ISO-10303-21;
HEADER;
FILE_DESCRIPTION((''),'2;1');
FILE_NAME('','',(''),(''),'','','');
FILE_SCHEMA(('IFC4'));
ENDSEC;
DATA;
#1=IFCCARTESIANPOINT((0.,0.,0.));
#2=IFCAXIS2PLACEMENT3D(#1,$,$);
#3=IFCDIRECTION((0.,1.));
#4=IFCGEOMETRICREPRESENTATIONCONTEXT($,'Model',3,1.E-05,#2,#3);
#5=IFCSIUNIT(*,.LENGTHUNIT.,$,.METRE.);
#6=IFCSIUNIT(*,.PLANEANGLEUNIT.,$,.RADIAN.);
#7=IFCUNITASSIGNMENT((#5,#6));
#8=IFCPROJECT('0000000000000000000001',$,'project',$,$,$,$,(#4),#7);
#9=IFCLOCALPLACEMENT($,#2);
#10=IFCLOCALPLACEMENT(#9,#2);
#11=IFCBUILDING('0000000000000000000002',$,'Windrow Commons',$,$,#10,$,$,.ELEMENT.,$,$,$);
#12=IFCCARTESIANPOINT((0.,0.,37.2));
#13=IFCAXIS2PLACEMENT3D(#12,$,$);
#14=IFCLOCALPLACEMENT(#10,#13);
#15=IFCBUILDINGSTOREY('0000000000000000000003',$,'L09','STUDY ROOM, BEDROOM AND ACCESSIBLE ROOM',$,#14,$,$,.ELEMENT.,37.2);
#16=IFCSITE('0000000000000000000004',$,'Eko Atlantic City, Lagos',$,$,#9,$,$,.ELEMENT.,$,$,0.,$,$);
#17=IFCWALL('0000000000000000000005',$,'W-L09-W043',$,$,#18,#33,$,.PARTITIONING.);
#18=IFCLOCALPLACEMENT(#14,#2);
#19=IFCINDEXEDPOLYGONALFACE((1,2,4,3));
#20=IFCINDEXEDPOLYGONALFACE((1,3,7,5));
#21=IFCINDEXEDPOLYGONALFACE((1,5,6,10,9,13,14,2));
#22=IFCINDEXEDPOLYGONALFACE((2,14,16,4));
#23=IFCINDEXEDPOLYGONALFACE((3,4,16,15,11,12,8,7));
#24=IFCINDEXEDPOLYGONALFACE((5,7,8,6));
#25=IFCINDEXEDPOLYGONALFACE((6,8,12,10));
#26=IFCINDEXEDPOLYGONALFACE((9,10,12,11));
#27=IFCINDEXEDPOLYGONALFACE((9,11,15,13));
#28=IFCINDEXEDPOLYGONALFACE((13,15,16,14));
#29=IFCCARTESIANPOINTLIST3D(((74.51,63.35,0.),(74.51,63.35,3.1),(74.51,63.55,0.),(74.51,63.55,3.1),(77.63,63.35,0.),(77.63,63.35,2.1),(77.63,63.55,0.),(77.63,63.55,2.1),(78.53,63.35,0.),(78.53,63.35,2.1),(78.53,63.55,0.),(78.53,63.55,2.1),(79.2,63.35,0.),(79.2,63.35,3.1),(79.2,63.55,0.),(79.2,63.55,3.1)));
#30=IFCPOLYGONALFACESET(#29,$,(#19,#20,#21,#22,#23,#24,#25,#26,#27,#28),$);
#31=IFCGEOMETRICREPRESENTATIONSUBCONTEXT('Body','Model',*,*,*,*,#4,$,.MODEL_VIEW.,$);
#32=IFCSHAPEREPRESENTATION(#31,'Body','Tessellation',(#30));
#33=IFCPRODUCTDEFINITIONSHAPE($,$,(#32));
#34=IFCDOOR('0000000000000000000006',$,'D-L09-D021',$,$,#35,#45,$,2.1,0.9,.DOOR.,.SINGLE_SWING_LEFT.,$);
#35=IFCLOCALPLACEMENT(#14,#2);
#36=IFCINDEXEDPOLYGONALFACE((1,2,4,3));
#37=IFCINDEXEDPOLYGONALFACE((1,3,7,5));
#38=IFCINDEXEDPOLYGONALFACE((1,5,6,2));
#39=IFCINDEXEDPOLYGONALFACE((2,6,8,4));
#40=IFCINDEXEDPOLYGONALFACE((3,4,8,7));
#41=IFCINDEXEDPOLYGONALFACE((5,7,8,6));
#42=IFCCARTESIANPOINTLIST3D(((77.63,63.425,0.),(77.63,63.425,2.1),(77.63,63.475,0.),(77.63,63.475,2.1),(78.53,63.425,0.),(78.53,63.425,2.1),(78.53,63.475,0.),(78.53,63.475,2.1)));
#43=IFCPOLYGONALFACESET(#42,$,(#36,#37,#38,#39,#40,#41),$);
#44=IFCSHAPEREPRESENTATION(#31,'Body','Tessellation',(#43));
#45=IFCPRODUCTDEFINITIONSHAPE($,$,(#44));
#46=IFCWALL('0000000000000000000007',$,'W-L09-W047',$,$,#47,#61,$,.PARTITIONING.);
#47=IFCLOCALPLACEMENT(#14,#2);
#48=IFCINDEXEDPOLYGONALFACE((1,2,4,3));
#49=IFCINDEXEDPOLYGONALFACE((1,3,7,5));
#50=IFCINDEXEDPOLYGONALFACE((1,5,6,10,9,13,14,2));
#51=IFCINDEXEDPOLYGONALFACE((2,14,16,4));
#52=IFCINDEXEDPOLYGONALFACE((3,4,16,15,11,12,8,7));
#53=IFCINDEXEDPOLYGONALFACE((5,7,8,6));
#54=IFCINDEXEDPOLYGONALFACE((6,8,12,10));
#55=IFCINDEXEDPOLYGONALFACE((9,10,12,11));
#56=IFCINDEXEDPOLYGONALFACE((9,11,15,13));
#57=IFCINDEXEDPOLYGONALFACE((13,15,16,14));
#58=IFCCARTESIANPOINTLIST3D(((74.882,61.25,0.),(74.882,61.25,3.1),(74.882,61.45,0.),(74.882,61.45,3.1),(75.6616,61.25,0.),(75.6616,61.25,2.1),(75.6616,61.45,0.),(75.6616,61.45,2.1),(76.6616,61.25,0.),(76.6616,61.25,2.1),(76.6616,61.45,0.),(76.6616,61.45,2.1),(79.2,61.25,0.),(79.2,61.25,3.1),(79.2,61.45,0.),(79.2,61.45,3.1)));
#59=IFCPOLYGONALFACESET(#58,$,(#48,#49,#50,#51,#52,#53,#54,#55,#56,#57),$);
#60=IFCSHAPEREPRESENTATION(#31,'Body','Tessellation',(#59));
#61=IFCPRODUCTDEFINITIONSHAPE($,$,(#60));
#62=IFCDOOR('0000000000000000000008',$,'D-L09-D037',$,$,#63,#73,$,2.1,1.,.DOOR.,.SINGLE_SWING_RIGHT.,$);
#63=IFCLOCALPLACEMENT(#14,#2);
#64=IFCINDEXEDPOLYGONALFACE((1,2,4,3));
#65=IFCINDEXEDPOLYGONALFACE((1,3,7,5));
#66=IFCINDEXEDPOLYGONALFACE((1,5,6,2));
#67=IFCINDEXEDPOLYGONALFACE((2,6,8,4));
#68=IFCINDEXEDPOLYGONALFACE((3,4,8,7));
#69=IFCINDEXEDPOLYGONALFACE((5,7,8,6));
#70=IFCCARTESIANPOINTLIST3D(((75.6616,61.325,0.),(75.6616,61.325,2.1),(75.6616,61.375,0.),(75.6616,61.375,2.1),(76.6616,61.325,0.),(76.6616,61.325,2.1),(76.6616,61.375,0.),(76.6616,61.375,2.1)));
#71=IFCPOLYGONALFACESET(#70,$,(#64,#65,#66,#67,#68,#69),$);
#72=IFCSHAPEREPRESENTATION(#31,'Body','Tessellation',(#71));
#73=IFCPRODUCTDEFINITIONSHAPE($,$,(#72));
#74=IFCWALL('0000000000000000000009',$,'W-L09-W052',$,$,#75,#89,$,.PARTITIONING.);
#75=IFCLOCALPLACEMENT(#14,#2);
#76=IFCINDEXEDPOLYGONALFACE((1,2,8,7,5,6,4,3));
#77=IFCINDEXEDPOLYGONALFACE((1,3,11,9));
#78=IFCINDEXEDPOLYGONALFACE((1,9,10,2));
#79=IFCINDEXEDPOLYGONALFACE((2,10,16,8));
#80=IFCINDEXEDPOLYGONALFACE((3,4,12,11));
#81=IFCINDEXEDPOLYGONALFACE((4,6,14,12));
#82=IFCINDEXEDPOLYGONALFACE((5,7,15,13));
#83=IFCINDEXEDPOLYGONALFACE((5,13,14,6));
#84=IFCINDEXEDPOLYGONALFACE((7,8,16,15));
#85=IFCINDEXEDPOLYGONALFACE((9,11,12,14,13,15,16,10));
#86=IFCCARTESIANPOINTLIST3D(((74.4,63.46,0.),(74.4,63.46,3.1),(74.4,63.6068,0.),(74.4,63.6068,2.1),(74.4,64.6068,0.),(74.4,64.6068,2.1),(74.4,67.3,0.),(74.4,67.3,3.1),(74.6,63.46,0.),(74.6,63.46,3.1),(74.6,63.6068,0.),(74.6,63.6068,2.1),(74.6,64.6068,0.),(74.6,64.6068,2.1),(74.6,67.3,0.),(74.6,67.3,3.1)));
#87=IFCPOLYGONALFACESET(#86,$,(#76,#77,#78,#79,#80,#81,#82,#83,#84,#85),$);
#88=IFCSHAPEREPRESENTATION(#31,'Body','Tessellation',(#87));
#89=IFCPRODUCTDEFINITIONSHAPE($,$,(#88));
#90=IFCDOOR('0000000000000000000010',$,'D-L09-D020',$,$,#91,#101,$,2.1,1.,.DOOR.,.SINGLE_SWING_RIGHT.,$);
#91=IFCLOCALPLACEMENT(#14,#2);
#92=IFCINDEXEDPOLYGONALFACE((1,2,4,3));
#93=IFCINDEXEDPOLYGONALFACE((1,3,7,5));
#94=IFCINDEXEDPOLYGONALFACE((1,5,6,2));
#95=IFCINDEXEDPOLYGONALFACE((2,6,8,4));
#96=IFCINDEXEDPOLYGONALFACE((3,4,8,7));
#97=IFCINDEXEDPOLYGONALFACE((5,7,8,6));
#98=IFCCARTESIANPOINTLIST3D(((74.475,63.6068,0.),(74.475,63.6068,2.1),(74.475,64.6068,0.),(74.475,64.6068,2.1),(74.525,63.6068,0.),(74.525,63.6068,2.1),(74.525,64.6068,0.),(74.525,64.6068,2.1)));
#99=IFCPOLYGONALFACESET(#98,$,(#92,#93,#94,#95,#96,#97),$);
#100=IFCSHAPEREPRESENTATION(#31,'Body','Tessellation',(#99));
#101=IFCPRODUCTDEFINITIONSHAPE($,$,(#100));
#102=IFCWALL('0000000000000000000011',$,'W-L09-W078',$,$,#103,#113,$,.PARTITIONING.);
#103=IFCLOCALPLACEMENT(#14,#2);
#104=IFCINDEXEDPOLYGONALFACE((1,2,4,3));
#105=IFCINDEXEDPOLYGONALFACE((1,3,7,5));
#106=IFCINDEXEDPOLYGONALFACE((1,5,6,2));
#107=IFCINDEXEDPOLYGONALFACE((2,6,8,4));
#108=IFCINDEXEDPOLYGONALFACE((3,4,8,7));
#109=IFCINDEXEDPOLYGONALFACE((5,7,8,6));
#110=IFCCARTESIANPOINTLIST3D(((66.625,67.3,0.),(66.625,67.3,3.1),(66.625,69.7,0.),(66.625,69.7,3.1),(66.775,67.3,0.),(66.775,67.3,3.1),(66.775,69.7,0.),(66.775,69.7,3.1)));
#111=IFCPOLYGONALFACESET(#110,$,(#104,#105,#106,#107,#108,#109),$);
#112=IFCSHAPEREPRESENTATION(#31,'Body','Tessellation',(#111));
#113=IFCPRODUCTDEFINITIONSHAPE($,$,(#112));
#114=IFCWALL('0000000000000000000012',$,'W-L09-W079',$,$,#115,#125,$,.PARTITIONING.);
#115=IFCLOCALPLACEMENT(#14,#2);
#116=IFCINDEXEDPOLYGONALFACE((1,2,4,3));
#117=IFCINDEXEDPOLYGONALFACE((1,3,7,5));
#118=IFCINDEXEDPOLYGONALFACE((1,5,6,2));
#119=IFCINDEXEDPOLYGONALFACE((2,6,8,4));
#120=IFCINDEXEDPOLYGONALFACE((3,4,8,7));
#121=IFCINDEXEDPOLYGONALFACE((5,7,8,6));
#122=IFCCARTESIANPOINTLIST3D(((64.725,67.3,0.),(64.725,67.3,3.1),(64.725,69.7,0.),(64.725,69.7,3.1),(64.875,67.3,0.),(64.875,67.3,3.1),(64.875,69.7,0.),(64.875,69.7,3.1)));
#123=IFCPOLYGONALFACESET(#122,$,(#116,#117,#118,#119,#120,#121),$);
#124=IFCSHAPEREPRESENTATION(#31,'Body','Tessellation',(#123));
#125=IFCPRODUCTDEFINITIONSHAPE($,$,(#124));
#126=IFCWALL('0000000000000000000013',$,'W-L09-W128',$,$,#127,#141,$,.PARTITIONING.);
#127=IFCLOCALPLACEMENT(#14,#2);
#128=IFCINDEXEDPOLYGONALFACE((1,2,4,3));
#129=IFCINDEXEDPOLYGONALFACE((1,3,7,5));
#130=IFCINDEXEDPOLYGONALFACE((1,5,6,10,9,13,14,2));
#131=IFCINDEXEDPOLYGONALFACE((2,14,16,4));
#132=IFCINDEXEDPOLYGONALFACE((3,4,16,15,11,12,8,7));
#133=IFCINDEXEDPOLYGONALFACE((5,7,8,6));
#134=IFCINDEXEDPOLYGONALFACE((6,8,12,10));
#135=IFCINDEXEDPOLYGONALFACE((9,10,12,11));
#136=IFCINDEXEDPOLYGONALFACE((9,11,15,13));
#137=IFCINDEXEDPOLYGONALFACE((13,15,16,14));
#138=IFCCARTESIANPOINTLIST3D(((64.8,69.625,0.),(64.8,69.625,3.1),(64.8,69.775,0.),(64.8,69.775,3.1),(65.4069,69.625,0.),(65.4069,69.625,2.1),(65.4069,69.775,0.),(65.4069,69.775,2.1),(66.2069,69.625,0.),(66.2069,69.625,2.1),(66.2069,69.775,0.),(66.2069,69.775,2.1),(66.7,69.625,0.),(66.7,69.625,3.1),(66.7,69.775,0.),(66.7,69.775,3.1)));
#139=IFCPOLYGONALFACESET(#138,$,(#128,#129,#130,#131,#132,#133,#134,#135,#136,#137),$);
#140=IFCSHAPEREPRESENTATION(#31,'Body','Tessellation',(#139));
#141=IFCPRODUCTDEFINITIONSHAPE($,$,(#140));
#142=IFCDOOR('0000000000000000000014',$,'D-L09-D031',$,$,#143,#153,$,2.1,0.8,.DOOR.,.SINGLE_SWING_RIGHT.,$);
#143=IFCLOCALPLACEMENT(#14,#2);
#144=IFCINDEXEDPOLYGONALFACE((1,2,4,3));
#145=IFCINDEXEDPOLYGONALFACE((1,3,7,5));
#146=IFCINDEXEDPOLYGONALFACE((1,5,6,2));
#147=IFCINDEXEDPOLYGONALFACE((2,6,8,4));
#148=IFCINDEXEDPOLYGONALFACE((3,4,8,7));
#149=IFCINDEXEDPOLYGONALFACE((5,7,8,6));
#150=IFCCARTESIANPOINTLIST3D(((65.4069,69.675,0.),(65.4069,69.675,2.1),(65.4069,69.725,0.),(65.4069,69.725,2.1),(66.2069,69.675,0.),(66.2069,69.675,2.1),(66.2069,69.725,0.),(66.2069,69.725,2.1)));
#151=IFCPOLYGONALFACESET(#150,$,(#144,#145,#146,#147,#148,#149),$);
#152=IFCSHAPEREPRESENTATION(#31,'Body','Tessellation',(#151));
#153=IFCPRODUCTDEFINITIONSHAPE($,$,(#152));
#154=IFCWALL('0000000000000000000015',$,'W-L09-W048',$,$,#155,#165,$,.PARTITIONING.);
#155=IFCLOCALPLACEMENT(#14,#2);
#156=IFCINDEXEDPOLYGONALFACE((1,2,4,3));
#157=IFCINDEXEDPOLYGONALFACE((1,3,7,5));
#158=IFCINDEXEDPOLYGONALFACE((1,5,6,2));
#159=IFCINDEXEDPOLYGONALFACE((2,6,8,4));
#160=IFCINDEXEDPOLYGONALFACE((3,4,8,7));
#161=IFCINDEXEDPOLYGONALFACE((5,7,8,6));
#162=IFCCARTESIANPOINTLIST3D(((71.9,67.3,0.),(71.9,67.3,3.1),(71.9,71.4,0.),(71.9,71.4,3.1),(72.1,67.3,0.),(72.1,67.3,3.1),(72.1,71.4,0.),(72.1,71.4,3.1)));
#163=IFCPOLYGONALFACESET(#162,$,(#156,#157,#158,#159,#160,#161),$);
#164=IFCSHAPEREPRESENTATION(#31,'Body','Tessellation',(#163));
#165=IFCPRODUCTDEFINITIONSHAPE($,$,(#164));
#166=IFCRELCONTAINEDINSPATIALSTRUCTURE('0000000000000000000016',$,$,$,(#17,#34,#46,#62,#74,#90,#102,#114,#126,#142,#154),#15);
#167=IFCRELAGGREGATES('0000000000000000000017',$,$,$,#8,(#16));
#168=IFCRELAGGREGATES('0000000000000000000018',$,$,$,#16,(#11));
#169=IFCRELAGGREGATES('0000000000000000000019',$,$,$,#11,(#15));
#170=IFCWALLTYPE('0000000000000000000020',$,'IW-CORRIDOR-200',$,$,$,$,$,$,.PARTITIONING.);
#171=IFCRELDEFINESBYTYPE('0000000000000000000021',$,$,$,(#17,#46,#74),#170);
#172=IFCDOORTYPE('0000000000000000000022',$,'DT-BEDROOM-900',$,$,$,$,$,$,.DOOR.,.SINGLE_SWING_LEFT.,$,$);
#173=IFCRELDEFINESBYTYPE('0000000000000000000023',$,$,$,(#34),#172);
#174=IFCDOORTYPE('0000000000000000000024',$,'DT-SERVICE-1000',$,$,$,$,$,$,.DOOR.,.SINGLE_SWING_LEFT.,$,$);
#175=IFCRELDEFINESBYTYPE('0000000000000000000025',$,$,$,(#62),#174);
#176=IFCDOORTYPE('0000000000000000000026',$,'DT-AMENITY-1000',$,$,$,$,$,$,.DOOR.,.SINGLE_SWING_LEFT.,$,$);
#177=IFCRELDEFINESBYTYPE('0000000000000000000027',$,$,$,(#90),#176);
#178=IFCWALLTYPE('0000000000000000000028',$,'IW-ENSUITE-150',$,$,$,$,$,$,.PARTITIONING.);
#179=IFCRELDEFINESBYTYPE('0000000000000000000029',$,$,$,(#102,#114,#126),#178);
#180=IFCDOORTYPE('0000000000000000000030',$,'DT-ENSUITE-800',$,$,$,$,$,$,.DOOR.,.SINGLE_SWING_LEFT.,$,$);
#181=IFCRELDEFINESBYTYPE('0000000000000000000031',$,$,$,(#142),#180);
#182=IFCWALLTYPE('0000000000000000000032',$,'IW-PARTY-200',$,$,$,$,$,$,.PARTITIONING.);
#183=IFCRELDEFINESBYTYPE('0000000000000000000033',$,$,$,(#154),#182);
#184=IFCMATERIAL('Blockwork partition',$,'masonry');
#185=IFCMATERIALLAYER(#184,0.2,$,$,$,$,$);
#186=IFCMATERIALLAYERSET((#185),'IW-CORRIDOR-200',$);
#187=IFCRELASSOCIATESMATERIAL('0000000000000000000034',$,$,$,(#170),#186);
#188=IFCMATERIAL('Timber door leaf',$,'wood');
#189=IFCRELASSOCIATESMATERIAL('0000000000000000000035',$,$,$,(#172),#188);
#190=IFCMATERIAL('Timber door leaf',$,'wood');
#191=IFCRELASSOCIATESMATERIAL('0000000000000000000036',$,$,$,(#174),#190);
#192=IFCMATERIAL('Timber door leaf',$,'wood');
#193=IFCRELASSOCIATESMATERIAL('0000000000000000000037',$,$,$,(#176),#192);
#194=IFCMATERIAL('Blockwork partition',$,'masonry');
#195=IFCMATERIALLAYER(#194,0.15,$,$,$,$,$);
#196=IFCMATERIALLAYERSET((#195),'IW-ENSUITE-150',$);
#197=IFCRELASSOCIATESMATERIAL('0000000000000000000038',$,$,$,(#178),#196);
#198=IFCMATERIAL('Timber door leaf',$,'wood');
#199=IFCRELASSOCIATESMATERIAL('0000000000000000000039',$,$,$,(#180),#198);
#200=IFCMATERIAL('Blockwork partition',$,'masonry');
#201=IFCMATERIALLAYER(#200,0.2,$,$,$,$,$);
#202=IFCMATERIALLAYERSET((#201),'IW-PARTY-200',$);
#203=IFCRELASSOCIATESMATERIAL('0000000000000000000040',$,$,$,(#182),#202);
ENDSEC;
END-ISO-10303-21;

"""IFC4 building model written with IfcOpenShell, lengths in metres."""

from ifc_helpers import new_model, si_unit, direction, frame, frame_2d, origin, place, context, subcontext, project, spatial, rectangle, extrude, material, layer, layer_set, type_object, element, fill, save


model = new_model("IFC4")

# Units and contexts
model_context = context("Model", 3, precision=1e-05, world=origin(), true_north=direction((0.0, 1.0)))
body_context = subcontext(model_context, "Body", "Model", "MODEL_VIEW")
ifc_project = project(units=[si_unit("LENGTHUNIT", "METRE"), si_unit("PLANEANGLEUNIT", "RADIAN")], contexts=[model_context])

# Site, building, storey
site_placement = place(None, origin())
site = spatial("IfcSite", under=ifc_project, at=site_placement, Name="Eko Atlantic City, Lagos", CompositionType="ELEMENT", RefElevation=0.0)
building_placement = place(site_placement, origin())
building = spatial("IfcBuilding", under=site, at=building_placement, Name="Windrow Commons", CompositionType="ELEMENT")
storey_placement = place(building_placement, frame((0.0, 0.0, 37.2)))
storey = spatial("IfcBuildingStorey", under=building, at=storey_placement, Name="L09", Description="STUDY ROOM, BEDROOM AND ACCESSIBLE ROOM", CompositionType="ELEMENT", Elevation=37.2)

# Shared definitions
ifc_material_1 = material(Name="Blockwork partition", Category="masonry")
ifc_layer_1 = layer(ifc_material_1, 0.2)
ifc_layer_set_1 = layer_set([ifc_layer_1], Name="IW-CORRIDOR-200")
wall_type_1 = type_object("IfcWallType", Name="IW-CORRIDOR-200", PredefinedType="PARTITIONING", material=ifc_layer_set_1)

# Walls, openings, doors
wall_1_placement = place(storey_placement, frame((74.51, 63.45, 0.0), z_axis=(0.0, 0.0, 1.0), x_axis=(1.0, 0.0, 0.0)))
wall_1 = element("IfcWall", 1, at=wall_1_placement, inside=storey, type_object=wall_type_1, Name="W-L09-W043", PredefinedType="PARTITIONING", context=body_context, shape_type="SweptSolid", body=[
    extrude(rectangle(XDim=4.69, YDim=0.2, at=frame_2d((2.345, 0.0))), origin(), (0.0, 0.0, 1.0), 3.1),
])
opening_1_placement = place(wall_1_placement, frame((3.12, 0.0, 0.0)))
opening_1 = element("IfcOpeningElement", 2, at=opening_1_placement, cuts=wall_1, PredefinedType="OPENING", context=body_context, shape_type="SweptSolid", body=[
    extrude(rectangle(XDim=0.9, YDim=2.1, at=frame_2d((0.45, 1.05))), frame((0.0, 0.11, 0.0), z_axis=(0.0, -1.0, 0.0), x_axis=(1.0, 0.0, 0.0)), (0.0, 0.0, 1.0), 0.22),
])
ifc_material_2 = material(Name="Timber door leaf", Category="wood")
door_type_1 = type_object("IfcDoorType", Name="DT-BEDROOM-900", OperationType="SINGLE_SWING_LEFT", PredefinedType="DOOR", material=ifc_material_2)
door_1_placement = place(opening_1_placement, origin())
door_1 = element("IfcDoor", 3, at=door_1_placement, inside=storey, type_object=door_type_1, Name="D-L09-D021", OperationType="SINGLE_SWING_LEFT", OverallHeight=2.1, OverallWidth=0.9, PredefinedType="DOOR", context=body_context, shape_type="SweptSolid", body=[
    extrude(rectangle(XDim=0.9, YDim=2.1, at=frame_2d((0.45, 1.05))), frame((0.0, 0.025, 0.0), z_axis=(0.0, -1.0, 0.0), x_axis=(1.0, 0.0, 0.0)), (0.0, 0.0, 1.0), 0.05),
])
fill(opening_1, door_1)
wall_2_placement = place(storey_placement, frame((74.882, 61.35, 0.0), z_axis=(0.0, 0.0, 1.0), x_axis=(1.0, 0.0, 0.0)))
wall_2 = element("IfcWall", 4, at=wall_2_placement, inside=storey, type_object=wall_type_1, Name="W-L09-W047", PredefinedType="PARTITIONING", context=body_context, shape_type="SweptSolid", body=[
    extrude(rectangle(XDim=4.318, YDim=0.2, at=frame_2d((2.159, 0.0))), origin(), (0.0, 0.0, 1.0), 3.1),
])
opening_2_placement = place(wall_2_placement, frame((0.7796, 0.0, 0.0)))
opening_2 = element("IfcOpeningElement", 5, at=opening_2_placement, cuts=wall_2, PredefinedType="OPENING", context=body_context, shape_type="SweptSolid", body=[
    extrude(rectangle(XDim=1.0, YDim=2.1, at=frame_2d((0.5, 1.05))), frame((0.0, 0.11, 0.0), z_axis=(0.0, -1.0, 0.0), x_axis=(1.0, 0.0, 0.0)), (0.0, 0.0, 1.0), 0.22),
])
ifc_material_3 = material(Name="Timber door leaf", Category="wood")
door_type_2 = type_object("IfcDoorType", Name="DT-SERVICE-1000", OperationType="SINGLE_SWING_LEFT", PredefinedType="DOOR", material=ifc_material_3)
door_2_placement = place(opening_2_placement, origin())
door_2 = element("IfcDoor", 6, at=door_2_placement, inside=storey, type_object=door_type_2, Name="D-L09-D037", OperationType="SINGLE_SWING_RIGHT", OverallHeight=2.1, OverallWidth=1.0, PredefinedType="DOOR", context=body_context, shape_type="SweptSolid", body=[
    extrude(rectangle(XDim=1.0, YDim=2.1, at=frame_2d((0.5, 1.05))), frame((0.0, 0.025, 0.0), z_axis=(0.0, -1.0, 0.0), x_axis=(1.0, 0.0, 0.0)), (0.0, 0.0, 1.0), 0.05),
])
fill(opening_2, door_2)
wall_3_placement = place(storey_placement, frame((74.5, 63.46, 0.0), z_axis=(0.0, 0.0, 1.0), x_axis=(0.0, 1.0, 0.0)))
wall_3 = element("IfcWall", 7, at=wall_3_placement, inside=storey, type_object=wall_type_1, Name="W-L09-W052", PredefinedType="PARTITIONING", context=body_context, shape_type="SweptSolid", body=[
    extrude(rectangle(XDim=3.84, YDim=0.2, at=frame_2d((1.92, 0.0))), origin(), (0.0, 0.0, 1.0), 3.1),
])
opening_3_placement = place(wall_3_placement, frame((0.1468, 0.0, 0.0)))
opening_3 = element("IfcOpeningElement", 8, at=opening_3_placement, cuts=wall_3, PredefinedType="OPENING", context=body_context, shape_type="SweptSolid", body=[
    extrude(rectangle(XDim=1.0, YDim=2.1, at=frame_2d((0.5, 1.05))), frame((0.0, 0.11, 0.0), z_axis=(0.0, -1.0, 0.0), x_axis=(1.0, 0.0, 0.0)), (0.0, 0.0, 1.0), 0.22),
])
ifc_material_4 = material(Name="Timber door leaf", Category="wood")
door_type_3 = type_object("IfcDoorType", Name="DT-AMENITY-1000", OperationType="SINGLE_SWING_LEFT", PredefinedType="DOOR", material=ifc_material_4)
door_3_placement = place(opening_3_placement, origin())
door_3 = element("IfcDoor", 9, at=door_3_placement, inside=storey, type_object=door_type_3, Name="D-L09-D020", OperationType="SINGLE_SWING_RIGHT", OverallHeight=2.1, OverallWidth=1.0, PredefinedType="DOOR", context=body_context, shape_type="SweptSolid", body=[
    extrude(rectangle(XDim=1.0, YDim=2.1, at=frame_2d((0.5, 1.05))), frame((0.0, 0.025, 0.0), z_axis=(0.0, -1.0, 0.0), x_axis=(1.0, 0.0, 0.0)), (0.0, 0.0, 1.0), 0.05),
])
fill(opening_3, door_3)

# Walls
ifc_material_5 = material(Name="Blockwork partition", Category="masonry")
ifc_layer_2 = layer(ifc_material_5, 0.15)
ifc_layer_set_2 = layer_set([ifc_layer_2], Name="IW-ENSUITE-150")
wall_type_2 = type_object("IfcWallType", Name="IW-ENSUITE-150", PredefinedType="PARTITIONING", material=ifc_layer_set_2)
for number, where, z_axis, x_axis, name in (
    (10, (66.7, 67.3, 0.0), (0.0, 0.0, 1.0), (0.0, 1.0, 0.0), "W-L09-W078"),
    (11, (64.8, 67.3, 0.0), (0.0, 0.0, 1.0), (0.0, 1.0, 0.0), "W-L09-W079"),
):
    element("IfcWall", number, at=place(storey_placement, frame(where, z_axis=z_axis, x_axis=x_axis)), inside=storey, type_object=wall_type_2, Name=name, PredefinedType="PARTITIONING", context=body_context, shape_type="SweptSolid", body=[
        extrude(rectangle(XDim=2.4, YDim=0.15, at=frame_2d((1.2, 0.0))), origin(), (0.0, 0.0, 1.0), 3.1),
    ])

# Wall, opening, door
wall_4_placement = place(storey_placement, frame((64.8, 69.7, 0.0), z_axis=(0.0, 0.0, 1.0), x_axis=(1.0, 0.0, 0.0)))
wall_4 = element("IfcWall", 12, at=wall_4_placement, inside=storey, type_object=wall_type_2, Name="W-L09-W128", PredefinedType="PARTITIONING", context=body_context, shape_type="SweptSolid", body=[
    extrude(rectangle(XDim=1.9, YDim=0.15, at=frame_2d((0.95, 0.0))), origin(), (0.0, 0.0, 1.0), 3.1),
])
opening_4_placement = place(wall_4_placement, frame((0.6069, 0.0, 0.0)))
opening_4 = element("IfcOpeningElement", 13, at=opening_4_placement, cuts=wall_4, PredefinedType="OPENING", context=body_context, shape_type="SweptSolid", body=[
    extrude(rectangle(XDim=0.8, YDim=2.1, at=frame_2d((0.4, 1.05))), frame((0.0, 0.085, 0.0), z_axis=(0.0, -1.0, 0.0), x_axis=(1.0, 0.0, 0.0)), (0.0, 0.0, 1.0), 0.17),
])
ifc_material_6 = material(Name="Timber door leaf", Category="wood")
door_type_4 = type_object("IfcDoorType", Name="DT-ENSUITE-800", OperationType="SINGLE_SWING_LEFT", PredefinedType="DOOR", material=ifc_material_6)
door_4_placement = place(opening_4_placement, origin())
door_4 = element("IfcDoor", 14, at=door_4_placement, inside=storey, type_object=door_type_4, Name="D-L09-D031", OperationType="SINGLE_SWING_RIGHT", OverallHeight=2.1, OverallWidth=0.8, PredefinedType="DOOR", context=body_context, shape_type="SweptSolid", body=[
    extrude(rectangle(XDim=0.8, YDim=2.1, at=frame_2d((0.4, 1.05))), frame((0.0, 0.025, 0.0), z_axis=(0.0, -1.0, 0.0), x_axis=(1.0, 0.0, 0.0)), (0.0, 0.0, 1.0), 0.05),
])
fill(opening_4, door_4)

# Wall
ifc_material_7 = material(Name="Blockwork partition", Category="masonry")
ifc_layer_3 = layer(ifc_material_7, 0.2)
ifc_layer_set_3 = layer_set([ifc_layer_3], Name="IW-PARTY-200")
wall_type_3 = type_object("IfcWallType", Name="IW-PARTY-200", PredefinedType="PARTITIONING", material=ifc_layer_set_3)
wall_5_placement = place(storey_placement, frame((72.0, 67.3, 0.0), z_axis=(0.0, 0.0, 1.0), x_axis=(0.0, 1.0, 0.0)))
element("IfcWall", 15, at=wall_5_placement, inside=storey, type_object=wall_type_3, Name="W-L09-W048", PredefinedType="PARTITIONING", context=body_context, shape_type="SweptSolid", body=[
    extrude(rectangle(XDim=4.1, YDim=0.2, at=frame_2d((2.05, 0.0))), origin(), (0.0, 0.0, 1.0), 3.1),
])

save(model, "model.ifc")
